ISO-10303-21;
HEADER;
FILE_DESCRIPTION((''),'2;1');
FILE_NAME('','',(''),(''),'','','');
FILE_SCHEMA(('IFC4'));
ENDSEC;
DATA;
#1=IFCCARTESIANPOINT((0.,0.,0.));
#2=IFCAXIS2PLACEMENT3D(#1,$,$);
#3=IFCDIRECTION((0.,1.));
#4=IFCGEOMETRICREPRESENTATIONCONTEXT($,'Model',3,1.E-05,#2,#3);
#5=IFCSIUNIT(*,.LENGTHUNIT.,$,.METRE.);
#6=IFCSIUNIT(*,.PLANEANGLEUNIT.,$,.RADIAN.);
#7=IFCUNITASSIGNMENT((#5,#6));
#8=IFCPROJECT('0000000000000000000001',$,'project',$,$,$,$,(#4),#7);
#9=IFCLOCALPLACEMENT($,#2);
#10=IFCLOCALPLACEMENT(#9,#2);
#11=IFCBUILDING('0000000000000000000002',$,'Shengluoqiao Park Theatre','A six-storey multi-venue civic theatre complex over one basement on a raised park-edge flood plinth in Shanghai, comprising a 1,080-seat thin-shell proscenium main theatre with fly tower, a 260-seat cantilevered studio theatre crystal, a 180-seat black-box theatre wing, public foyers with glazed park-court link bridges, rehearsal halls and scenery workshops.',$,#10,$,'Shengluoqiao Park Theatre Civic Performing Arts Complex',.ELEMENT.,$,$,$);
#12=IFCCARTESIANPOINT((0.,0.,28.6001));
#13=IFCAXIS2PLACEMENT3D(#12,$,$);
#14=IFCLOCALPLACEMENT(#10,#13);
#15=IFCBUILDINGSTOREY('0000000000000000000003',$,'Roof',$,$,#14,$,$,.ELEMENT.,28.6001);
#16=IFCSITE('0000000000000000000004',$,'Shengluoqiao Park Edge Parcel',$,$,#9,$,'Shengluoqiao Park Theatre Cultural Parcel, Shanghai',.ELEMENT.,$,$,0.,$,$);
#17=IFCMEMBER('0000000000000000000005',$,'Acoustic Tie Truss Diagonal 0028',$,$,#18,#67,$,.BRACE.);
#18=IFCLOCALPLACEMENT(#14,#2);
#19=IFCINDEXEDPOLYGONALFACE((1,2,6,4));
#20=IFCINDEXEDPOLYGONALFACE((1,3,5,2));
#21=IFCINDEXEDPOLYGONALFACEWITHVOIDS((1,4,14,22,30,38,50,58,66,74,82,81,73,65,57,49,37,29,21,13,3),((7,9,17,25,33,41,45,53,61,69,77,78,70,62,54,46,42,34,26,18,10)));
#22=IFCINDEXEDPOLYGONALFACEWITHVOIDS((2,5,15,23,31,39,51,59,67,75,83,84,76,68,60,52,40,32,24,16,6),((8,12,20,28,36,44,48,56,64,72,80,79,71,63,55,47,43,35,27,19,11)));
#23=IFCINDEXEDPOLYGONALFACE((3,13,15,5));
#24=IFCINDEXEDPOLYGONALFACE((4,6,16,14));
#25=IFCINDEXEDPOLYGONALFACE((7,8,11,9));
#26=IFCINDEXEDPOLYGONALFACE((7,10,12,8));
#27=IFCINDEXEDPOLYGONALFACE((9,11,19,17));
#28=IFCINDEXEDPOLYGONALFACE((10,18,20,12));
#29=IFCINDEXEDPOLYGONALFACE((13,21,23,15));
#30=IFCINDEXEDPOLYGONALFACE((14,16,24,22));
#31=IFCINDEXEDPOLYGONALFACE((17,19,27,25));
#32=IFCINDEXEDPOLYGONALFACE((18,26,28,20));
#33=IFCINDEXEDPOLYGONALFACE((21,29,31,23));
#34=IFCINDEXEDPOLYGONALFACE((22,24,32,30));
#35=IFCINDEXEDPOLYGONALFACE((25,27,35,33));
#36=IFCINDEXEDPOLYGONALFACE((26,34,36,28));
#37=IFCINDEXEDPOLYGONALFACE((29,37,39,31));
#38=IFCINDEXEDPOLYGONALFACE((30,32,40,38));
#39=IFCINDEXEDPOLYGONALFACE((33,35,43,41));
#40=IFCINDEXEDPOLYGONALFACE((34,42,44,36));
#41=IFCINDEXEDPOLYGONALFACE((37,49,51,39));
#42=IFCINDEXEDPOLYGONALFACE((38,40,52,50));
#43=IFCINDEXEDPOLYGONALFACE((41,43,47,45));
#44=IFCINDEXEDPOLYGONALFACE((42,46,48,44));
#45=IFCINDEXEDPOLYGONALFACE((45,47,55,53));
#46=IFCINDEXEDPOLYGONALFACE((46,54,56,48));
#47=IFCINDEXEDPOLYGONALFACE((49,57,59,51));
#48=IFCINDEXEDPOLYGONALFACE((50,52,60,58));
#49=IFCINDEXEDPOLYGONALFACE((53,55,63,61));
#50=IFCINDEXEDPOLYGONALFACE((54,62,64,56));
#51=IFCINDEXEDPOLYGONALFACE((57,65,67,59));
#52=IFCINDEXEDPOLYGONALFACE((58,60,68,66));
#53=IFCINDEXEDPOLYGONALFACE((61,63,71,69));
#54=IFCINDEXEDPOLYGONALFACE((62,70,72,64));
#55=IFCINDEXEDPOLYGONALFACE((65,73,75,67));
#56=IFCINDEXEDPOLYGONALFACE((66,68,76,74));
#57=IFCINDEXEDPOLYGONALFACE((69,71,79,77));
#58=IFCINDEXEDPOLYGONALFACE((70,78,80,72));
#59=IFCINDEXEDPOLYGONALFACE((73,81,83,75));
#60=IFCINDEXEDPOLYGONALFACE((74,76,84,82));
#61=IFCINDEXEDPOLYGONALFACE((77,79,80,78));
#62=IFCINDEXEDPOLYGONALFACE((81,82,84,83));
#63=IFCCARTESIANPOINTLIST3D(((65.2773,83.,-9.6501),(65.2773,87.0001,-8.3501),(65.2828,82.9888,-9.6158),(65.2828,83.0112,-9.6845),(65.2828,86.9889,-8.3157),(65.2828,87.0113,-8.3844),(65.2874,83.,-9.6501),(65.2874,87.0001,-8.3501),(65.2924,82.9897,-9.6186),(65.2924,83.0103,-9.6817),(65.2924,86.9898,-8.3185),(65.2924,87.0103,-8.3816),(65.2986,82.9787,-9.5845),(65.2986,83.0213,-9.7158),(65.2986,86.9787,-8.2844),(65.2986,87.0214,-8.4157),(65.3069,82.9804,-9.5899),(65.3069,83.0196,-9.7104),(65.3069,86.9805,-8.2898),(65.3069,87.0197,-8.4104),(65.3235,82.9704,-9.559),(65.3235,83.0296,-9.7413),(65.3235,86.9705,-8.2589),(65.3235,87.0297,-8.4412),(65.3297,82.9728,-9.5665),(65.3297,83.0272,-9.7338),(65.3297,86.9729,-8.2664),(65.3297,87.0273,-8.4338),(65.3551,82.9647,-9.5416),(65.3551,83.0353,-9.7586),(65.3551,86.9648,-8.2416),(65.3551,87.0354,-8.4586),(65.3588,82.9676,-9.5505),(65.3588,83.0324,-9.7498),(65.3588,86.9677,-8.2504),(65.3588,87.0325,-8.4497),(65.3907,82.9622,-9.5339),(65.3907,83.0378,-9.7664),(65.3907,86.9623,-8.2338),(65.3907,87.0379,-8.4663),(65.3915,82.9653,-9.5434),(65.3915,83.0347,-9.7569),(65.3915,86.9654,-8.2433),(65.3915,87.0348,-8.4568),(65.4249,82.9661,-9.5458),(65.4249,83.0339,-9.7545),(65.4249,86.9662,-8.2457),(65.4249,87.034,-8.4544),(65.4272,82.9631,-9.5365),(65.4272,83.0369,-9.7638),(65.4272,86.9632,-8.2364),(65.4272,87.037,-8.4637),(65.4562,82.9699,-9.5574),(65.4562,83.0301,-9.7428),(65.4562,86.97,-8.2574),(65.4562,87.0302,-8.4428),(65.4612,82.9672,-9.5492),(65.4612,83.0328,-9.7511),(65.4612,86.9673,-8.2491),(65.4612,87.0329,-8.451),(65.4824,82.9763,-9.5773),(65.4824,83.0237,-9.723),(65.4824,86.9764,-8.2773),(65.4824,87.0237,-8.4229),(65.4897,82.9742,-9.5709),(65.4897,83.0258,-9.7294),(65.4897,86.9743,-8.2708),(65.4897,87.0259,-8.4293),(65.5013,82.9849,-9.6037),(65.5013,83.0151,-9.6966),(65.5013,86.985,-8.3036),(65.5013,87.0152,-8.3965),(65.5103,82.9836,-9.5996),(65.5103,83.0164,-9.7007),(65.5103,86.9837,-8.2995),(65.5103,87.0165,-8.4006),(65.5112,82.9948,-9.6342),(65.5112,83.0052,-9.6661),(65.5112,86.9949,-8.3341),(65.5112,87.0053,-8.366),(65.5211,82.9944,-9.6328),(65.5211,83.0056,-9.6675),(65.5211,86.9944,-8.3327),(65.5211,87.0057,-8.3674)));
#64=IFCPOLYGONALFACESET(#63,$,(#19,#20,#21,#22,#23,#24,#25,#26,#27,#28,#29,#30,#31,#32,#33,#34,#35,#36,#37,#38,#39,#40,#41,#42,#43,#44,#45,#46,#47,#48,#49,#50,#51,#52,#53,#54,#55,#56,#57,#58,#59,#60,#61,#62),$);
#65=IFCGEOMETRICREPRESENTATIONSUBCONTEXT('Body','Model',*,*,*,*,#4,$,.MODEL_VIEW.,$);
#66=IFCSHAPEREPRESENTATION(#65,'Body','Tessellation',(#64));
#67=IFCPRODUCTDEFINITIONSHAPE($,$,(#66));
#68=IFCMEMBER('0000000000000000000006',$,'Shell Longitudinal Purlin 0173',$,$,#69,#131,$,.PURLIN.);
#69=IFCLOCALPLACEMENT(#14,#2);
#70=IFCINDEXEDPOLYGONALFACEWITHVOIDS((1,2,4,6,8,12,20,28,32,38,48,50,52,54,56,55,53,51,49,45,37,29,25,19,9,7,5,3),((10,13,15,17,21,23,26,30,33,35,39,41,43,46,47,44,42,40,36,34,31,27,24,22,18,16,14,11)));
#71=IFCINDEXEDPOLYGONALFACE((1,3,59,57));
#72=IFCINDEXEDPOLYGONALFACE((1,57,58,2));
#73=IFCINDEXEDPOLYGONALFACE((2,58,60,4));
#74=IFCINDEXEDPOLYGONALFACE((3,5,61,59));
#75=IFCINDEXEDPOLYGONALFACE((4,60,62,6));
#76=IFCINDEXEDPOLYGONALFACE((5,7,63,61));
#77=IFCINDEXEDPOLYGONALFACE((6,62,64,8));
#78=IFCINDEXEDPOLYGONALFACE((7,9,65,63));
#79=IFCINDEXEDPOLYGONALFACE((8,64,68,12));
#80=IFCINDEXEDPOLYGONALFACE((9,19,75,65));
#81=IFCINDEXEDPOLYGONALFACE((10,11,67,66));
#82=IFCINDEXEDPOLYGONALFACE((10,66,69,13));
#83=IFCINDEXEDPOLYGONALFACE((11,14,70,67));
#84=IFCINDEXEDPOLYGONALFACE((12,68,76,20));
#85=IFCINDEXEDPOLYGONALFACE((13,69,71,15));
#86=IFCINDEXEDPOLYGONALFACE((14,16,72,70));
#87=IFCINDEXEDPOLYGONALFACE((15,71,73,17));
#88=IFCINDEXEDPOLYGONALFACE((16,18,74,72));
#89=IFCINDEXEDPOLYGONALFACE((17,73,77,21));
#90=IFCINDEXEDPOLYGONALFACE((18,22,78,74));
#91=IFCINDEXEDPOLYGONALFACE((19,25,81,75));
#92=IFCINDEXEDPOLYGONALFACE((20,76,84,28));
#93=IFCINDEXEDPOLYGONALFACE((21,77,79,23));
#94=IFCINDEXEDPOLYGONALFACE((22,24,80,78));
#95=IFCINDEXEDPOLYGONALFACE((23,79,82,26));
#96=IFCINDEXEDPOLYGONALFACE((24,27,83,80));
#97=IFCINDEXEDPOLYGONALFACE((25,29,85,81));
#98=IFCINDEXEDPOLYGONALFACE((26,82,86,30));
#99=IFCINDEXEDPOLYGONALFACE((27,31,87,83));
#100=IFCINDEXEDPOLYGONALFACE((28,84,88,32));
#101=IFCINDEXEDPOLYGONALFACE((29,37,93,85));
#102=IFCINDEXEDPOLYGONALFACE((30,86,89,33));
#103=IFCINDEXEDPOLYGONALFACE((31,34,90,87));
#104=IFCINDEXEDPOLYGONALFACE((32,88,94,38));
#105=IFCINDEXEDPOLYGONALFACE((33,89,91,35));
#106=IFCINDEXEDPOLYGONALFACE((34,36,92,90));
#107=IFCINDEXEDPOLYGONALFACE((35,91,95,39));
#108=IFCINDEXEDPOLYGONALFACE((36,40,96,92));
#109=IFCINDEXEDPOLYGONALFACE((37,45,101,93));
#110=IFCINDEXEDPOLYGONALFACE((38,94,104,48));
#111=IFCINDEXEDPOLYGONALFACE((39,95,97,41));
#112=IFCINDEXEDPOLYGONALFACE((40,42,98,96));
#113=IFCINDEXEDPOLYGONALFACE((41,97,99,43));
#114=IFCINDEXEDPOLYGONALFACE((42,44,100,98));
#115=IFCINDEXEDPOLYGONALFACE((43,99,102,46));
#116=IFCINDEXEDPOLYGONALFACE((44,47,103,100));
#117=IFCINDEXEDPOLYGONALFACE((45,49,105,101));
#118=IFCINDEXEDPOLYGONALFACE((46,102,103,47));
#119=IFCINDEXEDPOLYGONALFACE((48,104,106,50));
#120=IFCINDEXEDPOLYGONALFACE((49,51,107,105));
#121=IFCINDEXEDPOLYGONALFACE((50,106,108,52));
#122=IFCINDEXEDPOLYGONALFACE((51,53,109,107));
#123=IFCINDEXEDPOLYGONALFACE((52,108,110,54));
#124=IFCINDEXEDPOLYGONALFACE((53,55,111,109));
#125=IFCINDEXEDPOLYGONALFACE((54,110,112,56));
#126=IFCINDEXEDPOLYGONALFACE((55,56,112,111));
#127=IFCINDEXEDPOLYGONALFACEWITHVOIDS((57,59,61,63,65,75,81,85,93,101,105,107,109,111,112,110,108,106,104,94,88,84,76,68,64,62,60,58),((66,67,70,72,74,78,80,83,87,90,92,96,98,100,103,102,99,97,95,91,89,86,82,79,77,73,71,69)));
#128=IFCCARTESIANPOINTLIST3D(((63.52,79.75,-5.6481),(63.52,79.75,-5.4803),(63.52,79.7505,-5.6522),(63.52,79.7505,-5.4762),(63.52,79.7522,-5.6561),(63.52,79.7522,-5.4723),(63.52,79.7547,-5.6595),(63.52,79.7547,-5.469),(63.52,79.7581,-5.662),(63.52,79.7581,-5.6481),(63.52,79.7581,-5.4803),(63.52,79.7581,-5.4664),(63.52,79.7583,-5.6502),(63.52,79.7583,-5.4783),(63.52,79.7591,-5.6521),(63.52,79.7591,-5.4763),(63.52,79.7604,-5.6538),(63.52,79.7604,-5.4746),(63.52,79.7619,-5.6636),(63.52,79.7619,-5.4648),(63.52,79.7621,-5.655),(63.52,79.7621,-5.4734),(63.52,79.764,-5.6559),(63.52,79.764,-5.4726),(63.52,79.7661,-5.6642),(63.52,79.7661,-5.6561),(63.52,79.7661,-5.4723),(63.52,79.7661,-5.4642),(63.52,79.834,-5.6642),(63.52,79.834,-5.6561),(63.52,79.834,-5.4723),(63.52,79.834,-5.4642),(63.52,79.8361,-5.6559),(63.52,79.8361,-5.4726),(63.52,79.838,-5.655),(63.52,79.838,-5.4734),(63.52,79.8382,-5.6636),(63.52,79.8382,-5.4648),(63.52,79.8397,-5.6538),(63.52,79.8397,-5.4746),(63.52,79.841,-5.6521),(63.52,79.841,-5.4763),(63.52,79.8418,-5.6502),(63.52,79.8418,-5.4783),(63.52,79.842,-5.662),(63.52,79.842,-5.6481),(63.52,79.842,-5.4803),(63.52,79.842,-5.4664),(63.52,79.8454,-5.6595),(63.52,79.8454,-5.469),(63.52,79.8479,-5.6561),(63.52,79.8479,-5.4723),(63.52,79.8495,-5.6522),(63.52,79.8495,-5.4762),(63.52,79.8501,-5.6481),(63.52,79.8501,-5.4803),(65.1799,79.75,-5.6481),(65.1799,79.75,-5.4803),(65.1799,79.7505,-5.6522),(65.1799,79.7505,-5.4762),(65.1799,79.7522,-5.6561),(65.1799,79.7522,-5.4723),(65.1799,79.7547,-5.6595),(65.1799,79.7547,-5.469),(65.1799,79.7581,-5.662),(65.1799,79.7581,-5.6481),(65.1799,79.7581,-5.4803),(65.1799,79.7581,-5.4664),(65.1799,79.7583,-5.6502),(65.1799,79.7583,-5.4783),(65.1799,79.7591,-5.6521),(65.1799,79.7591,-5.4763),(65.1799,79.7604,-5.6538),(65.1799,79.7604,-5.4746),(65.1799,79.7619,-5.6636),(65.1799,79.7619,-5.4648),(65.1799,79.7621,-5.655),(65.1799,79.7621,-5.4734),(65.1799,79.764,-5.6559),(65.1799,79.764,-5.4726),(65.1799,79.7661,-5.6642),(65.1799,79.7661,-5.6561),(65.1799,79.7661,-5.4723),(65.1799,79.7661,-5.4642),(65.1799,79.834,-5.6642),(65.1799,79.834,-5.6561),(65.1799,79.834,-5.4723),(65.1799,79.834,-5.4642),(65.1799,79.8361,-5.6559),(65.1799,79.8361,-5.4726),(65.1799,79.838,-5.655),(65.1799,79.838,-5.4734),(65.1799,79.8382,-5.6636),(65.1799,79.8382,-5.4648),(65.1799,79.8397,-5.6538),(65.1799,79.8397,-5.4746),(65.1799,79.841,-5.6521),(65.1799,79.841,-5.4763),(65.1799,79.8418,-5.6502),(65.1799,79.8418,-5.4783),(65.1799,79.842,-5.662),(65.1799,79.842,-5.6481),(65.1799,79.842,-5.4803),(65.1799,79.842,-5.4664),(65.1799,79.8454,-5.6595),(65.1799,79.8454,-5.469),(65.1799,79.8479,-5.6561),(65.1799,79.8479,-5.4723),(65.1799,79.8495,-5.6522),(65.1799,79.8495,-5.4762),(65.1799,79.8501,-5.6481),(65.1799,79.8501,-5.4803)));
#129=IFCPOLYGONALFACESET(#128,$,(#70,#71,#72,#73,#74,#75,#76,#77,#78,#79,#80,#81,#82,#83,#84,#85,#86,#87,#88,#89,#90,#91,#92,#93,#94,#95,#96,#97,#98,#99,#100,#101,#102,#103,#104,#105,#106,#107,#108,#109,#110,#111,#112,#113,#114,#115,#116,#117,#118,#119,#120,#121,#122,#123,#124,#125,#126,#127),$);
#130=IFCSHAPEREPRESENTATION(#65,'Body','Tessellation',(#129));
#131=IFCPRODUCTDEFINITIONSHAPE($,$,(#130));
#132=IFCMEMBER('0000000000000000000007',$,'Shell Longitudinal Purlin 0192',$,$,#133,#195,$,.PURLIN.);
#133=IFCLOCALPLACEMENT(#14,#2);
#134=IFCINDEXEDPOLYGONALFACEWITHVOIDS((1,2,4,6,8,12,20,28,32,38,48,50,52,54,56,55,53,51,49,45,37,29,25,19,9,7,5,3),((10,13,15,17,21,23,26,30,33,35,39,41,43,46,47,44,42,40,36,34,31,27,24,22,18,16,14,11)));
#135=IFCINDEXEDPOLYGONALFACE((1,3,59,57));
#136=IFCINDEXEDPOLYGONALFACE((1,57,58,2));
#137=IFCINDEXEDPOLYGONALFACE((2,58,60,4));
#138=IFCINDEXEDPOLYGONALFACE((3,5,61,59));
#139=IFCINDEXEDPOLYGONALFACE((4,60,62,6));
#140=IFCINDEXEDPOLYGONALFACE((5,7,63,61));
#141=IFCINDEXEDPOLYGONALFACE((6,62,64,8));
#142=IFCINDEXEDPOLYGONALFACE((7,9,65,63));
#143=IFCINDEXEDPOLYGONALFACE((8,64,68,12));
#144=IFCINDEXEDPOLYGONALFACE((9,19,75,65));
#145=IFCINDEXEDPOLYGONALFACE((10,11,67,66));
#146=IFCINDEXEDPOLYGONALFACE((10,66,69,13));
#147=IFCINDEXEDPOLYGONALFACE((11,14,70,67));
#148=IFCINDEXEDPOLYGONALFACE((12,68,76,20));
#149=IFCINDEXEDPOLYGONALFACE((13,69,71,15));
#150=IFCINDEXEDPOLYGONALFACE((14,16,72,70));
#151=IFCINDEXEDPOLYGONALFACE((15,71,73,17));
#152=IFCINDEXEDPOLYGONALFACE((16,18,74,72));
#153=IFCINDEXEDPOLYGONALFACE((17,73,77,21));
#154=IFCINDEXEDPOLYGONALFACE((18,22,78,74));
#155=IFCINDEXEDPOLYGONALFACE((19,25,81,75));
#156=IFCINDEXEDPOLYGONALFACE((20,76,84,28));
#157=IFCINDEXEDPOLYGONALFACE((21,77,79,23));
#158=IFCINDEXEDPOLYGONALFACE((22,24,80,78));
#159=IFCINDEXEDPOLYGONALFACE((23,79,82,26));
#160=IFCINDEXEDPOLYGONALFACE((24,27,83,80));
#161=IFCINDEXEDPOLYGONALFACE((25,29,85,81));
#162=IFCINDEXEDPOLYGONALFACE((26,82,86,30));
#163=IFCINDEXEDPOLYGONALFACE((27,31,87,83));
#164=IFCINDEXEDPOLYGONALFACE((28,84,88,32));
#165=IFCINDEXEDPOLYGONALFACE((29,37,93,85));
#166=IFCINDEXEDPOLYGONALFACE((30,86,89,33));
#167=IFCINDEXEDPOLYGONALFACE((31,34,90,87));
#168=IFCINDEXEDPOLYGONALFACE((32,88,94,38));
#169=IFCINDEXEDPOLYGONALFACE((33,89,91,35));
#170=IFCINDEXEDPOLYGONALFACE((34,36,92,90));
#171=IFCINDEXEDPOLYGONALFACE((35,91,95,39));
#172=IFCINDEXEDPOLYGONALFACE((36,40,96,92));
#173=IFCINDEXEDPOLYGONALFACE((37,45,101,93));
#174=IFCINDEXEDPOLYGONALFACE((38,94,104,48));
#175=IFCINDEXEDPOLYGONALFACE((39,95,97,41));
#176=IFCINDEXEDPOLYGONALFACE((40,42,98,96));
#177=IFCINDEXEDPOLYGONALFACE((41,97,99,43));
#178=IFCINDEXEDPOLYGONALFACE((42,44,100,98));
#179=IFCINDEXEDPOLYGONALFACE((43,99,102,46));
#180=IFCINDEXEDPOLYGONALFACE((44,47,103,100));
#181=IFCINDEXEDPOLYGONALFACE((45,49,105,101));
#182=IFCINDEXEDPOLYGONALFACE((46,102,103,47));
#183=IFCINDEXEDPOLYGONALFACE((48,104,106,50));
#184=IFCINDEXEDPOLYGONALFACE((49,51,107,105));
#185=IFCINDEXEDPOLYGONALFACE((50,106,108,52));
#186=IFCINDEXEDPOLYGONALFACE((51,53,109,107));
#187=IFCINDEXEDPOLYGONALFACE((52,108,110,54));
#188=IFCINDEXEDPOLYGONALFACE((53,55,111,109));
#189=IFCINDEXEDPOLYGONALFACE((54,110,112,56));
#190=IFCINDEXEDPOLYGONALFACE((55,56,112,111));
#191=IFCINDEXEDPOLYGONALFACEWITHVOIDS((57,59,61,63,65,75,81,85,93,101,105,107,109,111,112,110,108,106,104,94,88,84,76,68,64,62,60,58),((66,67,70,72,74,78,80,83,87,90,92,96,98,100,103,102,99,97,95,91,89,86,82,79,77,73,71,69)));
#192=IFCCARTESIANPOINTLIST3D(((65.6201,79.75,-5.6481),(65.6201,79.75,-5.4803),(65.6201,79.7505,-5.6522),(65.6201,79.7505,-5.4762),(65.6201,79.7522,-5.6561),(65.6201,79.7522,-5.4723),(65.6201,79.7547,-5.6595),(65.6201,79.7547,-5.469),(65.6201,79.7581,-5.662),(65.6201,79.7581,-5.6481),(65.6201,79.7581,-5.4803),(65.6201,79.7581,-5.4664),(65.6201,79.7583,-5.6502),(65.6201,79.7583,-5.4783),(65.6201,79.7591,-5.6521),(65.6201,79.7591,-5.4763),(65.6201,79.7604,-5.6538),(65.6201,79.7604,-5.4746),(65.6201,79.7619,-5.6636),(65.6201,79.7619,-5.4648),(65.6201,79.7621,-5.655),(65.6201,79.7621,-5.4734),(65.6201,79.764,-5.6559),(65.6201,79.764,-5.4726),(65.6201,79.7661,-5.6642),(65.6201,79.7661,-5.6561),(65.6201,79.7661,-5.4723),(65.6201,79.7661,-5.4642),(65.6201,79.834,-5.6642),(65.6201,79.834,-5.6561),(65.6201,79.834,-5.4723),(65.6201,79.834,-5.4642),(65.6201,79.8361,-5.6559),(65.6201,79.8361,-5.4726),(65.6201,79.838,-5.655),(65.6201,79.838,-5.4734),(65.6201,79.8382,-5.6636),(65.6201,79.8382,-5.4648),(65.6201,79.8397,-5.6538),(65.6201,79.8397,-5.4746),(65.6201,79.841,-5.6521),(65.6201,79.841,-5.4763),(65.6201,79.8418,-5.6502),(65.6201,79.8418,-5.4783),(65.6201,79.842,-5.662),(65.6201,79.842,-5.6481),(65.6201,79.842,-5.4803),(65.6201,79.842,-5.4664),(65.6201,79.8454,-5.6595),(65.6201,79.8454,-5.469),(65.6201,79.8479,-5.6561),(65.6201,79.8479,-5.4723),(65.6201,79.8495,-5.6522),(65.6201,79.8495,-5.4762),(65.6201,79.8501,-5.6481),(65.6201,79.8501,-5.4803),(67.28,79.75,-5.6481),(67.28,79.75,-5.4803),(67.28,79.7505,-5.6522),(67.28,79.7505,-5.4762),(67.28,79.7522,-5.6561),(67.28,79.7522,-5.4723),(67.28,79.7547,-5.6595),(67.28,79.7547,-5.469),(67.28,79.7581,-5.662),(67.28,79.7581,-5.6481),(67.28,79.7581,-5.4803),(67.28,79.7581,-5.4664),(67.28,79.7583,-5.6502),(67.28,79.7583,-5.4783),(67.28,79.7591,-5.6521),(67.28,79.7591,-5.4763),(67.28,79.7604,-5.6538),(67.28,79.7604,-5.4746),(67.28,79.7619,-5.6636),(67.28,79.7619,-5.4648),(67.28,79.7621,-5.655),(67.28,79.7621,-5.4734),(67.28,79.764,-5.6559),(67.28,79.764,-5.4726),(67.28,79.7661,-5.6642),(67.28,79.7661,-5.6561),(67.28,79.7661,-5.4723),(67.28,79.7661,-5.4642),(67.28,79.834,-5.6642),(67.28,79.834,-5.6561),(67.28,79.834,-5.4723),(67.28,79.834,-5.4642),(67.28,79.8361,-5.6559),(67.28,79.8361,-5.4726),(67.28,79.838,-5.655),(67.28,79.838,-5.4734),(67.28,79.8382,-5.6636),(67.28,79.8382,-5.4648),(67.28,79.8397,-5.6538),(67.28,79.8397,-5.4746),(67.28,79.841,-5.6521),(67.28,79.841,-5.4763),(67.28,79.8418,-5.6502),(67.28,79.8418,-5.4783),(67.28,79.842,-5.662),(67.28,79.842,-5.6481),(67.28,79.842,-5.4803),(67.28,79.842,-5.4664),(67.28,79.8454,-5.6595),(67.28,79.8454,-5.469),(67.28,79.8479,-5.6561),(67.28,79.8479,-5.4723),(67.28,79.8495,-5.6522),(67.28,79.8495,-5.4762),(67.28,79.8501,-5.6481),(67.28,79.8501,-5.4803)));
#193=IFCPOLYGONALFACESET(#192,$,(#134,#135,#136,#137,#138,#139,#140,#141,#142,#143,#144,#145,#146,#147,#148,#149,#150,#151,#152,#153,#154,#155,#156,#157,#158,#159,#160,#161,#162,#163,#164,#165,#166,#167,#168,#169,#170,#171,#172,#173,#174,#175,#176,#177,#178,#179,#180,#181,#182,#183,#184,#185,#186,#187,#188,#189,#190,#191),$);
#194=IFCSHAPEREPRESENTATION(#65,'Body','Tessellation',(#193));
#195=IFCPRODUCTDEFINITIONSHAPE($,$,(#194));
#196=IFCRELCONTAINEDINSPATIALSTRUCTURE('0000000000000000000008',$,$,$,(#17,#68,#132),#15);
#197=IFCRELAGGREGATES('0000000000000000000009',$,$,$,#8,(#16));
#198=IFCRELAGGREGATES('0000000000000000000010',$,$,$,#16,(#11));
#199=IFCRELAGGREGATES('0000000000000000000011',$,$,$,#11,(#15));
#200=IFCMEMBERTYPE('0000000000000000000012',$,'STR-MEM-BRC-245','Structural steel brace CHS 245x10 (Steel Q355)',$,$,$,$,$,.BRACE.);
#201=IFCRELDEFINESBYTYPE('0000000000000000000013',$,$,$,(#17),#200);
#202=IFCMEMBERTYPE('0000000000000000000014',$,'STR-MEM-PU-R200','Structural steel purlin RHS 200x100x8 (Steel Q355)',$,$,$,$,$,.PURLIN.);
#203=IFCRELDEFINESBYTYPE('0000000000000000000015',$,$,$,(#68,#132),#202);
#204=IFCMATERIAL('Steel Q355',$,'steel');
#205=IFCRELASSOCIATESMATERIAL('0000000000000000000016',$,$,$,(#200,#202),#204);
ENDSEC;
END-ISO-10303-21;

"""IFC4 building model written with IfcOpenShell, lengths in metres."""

from ifc_helpers import new_model, si_unit, direction, frame, origin, origin_2d, place, context, subcontext, project, spatial, hollow_rectangle, hollow_circle, extrude, material, material_profile, profile_set, type_object, element, save


model = new_model("IFC4")

# Units and contexts
model_context = context("Model", 3, precision=1e-05, world=origin(), true_north=direction((0.0, 1.0)))
body_context = subcontext(model_context, "Body", "Model", "MODEL_VIEW")
ifc_project = project(units=[si_unit("LENGTHUNIT", "METRE"), si_unit("PLANEANGLEUNIT", "RADIAN")], contexts=[model_context])

# Site, building, storey
site_placement = place(None, origin())
site = spatial("IfcSite", under=ifc_project, at=site_placement, Name="Shengluoqiao Park Edge Parcel", LongName="Shengluoqiao Park Theatre Cultural Parcel, Shanghai", CompositionType="ELEMENT", RefElevation=0.0)
building_placement = place(site_placement, origin())
building = spatial("IfcBuilding", under=site, at=building_placement, Name="Shengluoqiao Park Theatre", Description="A six-storey multi-venue civic theatre complex over one basement on a raised park-edge flood plinth in Shanghai, comprising a 1,080-seat thin-shell proscenium main theatre with fly tower, a 260-seat cantilevered studio theatre crystal, a 180-seat black-box theatre wing, public foyers with glazed park-court link bridges, rehearsal halls and scenery workshops.", LongName="Shengluoqiao Park Theatre Civic Performing Arts Complex", CompositionType="ELEMENT")
storey_placement = place(building_placement, frame((0.0, 0.0, 28.6001)))
storey = spatial("IfcBuildingStorey", under=building, at=storey_placement, Name="Roof", CompositionType="ELEMENT", Elevation=28.6001)

# Shared definitions
ifc_material_1 = material(Name="Steel Q355", Category="steel")

# Members
ifc_material_profile_1 = material_profile(ifc_material_1, hollow_circle(Radius=0.1226, WallThickness=0.01, at=origin_2d()), Name="CHS 245x10")
ifc_profile_set_1 = profile_set([ifc_material_profile_1], Name="Steel Q355")
member_type_1 = type_object("IfcMemberType", Name="STR-MEM-BRC-245", Description="Structural steel brace CHS 245x10 (Steel Q355)", PredefinedType="BRACE", material=ifc_profile_set_1)
member_1_placement = place(storey_placement, frame((65.3999, 83.0, -9.6501), z_axis=(0.0, 0.951031, 0.309097), x_axis=(-1.0, 0.0, 0.0)))
element("IfcMember", 1, at=member_1_placement, inside=storey, type_object=member_type_1, Name="Acoustic Tie Truss Diagonal 0028", PredefinedType="BRACE", context=body_context, shape_type="SweptSolid", body=[
    extrude(hollow_circle(Radius=0.1226, WallThickness=0.01, at=origin_2d()), origin(), (0.0, 0.0, 1.0), 4.2061),
])
ifc_material_profile_2 = material_profile(ifc_material_1, hollow_rectangle(XDim=0.1001, YDim=0.2, WallThickness=0.0081, InnerFilletRadius=0.0081, OuterFilletRadius=0.0161, at=origin_2d()), Name="RHS 200x100x8")
ifc_profile_set_2 = profile_set([ifc_material_profile_2], Name="Steel Q355")
member_type_2 = type_object("IfcMemberType", Name="STR-MEM-PU-R200", Description="Structural steel purlin RHS 200x100x8 (Steel Q355)", PredefinedType="PURLIN", material=ifc_profile_set_2)
for number, where, z_axis, x_axis, name in (
    (2, (63.52, 79.8, -5.5642), (1.0, 0.0, 0.0), (0.0, 1.0, 0.0), "Shell Longitudinal Purlin 0173"),
    (3, (65.6201, 79.8, -5.5642), (1.0, 0.0, 0.0), (0.0, 1.0, 0.0), "Shell Longitudinal Purlin 0192"),
):
    element("IfcMember", number, at=place(storey_placement, frame(where, z_axis=z_axis, x_axis=x_axis)), inside=storey, type_object=member_type_2, Name=name, PredefinedType="PURLIN", context=body_context, shape_type="SweptSolid", body=[
        extrude(hollow_rectangle(XDim=0.1001, YDim=0.2, WallThickness=0.0081, InnerFilletRadius=0.0081, OuterFilletRadius=0.0161, at=origin_2d()), origin(), (0.0, 0.0, 1.0), 1.6599),
    ])

save(model, "model.ifc")
